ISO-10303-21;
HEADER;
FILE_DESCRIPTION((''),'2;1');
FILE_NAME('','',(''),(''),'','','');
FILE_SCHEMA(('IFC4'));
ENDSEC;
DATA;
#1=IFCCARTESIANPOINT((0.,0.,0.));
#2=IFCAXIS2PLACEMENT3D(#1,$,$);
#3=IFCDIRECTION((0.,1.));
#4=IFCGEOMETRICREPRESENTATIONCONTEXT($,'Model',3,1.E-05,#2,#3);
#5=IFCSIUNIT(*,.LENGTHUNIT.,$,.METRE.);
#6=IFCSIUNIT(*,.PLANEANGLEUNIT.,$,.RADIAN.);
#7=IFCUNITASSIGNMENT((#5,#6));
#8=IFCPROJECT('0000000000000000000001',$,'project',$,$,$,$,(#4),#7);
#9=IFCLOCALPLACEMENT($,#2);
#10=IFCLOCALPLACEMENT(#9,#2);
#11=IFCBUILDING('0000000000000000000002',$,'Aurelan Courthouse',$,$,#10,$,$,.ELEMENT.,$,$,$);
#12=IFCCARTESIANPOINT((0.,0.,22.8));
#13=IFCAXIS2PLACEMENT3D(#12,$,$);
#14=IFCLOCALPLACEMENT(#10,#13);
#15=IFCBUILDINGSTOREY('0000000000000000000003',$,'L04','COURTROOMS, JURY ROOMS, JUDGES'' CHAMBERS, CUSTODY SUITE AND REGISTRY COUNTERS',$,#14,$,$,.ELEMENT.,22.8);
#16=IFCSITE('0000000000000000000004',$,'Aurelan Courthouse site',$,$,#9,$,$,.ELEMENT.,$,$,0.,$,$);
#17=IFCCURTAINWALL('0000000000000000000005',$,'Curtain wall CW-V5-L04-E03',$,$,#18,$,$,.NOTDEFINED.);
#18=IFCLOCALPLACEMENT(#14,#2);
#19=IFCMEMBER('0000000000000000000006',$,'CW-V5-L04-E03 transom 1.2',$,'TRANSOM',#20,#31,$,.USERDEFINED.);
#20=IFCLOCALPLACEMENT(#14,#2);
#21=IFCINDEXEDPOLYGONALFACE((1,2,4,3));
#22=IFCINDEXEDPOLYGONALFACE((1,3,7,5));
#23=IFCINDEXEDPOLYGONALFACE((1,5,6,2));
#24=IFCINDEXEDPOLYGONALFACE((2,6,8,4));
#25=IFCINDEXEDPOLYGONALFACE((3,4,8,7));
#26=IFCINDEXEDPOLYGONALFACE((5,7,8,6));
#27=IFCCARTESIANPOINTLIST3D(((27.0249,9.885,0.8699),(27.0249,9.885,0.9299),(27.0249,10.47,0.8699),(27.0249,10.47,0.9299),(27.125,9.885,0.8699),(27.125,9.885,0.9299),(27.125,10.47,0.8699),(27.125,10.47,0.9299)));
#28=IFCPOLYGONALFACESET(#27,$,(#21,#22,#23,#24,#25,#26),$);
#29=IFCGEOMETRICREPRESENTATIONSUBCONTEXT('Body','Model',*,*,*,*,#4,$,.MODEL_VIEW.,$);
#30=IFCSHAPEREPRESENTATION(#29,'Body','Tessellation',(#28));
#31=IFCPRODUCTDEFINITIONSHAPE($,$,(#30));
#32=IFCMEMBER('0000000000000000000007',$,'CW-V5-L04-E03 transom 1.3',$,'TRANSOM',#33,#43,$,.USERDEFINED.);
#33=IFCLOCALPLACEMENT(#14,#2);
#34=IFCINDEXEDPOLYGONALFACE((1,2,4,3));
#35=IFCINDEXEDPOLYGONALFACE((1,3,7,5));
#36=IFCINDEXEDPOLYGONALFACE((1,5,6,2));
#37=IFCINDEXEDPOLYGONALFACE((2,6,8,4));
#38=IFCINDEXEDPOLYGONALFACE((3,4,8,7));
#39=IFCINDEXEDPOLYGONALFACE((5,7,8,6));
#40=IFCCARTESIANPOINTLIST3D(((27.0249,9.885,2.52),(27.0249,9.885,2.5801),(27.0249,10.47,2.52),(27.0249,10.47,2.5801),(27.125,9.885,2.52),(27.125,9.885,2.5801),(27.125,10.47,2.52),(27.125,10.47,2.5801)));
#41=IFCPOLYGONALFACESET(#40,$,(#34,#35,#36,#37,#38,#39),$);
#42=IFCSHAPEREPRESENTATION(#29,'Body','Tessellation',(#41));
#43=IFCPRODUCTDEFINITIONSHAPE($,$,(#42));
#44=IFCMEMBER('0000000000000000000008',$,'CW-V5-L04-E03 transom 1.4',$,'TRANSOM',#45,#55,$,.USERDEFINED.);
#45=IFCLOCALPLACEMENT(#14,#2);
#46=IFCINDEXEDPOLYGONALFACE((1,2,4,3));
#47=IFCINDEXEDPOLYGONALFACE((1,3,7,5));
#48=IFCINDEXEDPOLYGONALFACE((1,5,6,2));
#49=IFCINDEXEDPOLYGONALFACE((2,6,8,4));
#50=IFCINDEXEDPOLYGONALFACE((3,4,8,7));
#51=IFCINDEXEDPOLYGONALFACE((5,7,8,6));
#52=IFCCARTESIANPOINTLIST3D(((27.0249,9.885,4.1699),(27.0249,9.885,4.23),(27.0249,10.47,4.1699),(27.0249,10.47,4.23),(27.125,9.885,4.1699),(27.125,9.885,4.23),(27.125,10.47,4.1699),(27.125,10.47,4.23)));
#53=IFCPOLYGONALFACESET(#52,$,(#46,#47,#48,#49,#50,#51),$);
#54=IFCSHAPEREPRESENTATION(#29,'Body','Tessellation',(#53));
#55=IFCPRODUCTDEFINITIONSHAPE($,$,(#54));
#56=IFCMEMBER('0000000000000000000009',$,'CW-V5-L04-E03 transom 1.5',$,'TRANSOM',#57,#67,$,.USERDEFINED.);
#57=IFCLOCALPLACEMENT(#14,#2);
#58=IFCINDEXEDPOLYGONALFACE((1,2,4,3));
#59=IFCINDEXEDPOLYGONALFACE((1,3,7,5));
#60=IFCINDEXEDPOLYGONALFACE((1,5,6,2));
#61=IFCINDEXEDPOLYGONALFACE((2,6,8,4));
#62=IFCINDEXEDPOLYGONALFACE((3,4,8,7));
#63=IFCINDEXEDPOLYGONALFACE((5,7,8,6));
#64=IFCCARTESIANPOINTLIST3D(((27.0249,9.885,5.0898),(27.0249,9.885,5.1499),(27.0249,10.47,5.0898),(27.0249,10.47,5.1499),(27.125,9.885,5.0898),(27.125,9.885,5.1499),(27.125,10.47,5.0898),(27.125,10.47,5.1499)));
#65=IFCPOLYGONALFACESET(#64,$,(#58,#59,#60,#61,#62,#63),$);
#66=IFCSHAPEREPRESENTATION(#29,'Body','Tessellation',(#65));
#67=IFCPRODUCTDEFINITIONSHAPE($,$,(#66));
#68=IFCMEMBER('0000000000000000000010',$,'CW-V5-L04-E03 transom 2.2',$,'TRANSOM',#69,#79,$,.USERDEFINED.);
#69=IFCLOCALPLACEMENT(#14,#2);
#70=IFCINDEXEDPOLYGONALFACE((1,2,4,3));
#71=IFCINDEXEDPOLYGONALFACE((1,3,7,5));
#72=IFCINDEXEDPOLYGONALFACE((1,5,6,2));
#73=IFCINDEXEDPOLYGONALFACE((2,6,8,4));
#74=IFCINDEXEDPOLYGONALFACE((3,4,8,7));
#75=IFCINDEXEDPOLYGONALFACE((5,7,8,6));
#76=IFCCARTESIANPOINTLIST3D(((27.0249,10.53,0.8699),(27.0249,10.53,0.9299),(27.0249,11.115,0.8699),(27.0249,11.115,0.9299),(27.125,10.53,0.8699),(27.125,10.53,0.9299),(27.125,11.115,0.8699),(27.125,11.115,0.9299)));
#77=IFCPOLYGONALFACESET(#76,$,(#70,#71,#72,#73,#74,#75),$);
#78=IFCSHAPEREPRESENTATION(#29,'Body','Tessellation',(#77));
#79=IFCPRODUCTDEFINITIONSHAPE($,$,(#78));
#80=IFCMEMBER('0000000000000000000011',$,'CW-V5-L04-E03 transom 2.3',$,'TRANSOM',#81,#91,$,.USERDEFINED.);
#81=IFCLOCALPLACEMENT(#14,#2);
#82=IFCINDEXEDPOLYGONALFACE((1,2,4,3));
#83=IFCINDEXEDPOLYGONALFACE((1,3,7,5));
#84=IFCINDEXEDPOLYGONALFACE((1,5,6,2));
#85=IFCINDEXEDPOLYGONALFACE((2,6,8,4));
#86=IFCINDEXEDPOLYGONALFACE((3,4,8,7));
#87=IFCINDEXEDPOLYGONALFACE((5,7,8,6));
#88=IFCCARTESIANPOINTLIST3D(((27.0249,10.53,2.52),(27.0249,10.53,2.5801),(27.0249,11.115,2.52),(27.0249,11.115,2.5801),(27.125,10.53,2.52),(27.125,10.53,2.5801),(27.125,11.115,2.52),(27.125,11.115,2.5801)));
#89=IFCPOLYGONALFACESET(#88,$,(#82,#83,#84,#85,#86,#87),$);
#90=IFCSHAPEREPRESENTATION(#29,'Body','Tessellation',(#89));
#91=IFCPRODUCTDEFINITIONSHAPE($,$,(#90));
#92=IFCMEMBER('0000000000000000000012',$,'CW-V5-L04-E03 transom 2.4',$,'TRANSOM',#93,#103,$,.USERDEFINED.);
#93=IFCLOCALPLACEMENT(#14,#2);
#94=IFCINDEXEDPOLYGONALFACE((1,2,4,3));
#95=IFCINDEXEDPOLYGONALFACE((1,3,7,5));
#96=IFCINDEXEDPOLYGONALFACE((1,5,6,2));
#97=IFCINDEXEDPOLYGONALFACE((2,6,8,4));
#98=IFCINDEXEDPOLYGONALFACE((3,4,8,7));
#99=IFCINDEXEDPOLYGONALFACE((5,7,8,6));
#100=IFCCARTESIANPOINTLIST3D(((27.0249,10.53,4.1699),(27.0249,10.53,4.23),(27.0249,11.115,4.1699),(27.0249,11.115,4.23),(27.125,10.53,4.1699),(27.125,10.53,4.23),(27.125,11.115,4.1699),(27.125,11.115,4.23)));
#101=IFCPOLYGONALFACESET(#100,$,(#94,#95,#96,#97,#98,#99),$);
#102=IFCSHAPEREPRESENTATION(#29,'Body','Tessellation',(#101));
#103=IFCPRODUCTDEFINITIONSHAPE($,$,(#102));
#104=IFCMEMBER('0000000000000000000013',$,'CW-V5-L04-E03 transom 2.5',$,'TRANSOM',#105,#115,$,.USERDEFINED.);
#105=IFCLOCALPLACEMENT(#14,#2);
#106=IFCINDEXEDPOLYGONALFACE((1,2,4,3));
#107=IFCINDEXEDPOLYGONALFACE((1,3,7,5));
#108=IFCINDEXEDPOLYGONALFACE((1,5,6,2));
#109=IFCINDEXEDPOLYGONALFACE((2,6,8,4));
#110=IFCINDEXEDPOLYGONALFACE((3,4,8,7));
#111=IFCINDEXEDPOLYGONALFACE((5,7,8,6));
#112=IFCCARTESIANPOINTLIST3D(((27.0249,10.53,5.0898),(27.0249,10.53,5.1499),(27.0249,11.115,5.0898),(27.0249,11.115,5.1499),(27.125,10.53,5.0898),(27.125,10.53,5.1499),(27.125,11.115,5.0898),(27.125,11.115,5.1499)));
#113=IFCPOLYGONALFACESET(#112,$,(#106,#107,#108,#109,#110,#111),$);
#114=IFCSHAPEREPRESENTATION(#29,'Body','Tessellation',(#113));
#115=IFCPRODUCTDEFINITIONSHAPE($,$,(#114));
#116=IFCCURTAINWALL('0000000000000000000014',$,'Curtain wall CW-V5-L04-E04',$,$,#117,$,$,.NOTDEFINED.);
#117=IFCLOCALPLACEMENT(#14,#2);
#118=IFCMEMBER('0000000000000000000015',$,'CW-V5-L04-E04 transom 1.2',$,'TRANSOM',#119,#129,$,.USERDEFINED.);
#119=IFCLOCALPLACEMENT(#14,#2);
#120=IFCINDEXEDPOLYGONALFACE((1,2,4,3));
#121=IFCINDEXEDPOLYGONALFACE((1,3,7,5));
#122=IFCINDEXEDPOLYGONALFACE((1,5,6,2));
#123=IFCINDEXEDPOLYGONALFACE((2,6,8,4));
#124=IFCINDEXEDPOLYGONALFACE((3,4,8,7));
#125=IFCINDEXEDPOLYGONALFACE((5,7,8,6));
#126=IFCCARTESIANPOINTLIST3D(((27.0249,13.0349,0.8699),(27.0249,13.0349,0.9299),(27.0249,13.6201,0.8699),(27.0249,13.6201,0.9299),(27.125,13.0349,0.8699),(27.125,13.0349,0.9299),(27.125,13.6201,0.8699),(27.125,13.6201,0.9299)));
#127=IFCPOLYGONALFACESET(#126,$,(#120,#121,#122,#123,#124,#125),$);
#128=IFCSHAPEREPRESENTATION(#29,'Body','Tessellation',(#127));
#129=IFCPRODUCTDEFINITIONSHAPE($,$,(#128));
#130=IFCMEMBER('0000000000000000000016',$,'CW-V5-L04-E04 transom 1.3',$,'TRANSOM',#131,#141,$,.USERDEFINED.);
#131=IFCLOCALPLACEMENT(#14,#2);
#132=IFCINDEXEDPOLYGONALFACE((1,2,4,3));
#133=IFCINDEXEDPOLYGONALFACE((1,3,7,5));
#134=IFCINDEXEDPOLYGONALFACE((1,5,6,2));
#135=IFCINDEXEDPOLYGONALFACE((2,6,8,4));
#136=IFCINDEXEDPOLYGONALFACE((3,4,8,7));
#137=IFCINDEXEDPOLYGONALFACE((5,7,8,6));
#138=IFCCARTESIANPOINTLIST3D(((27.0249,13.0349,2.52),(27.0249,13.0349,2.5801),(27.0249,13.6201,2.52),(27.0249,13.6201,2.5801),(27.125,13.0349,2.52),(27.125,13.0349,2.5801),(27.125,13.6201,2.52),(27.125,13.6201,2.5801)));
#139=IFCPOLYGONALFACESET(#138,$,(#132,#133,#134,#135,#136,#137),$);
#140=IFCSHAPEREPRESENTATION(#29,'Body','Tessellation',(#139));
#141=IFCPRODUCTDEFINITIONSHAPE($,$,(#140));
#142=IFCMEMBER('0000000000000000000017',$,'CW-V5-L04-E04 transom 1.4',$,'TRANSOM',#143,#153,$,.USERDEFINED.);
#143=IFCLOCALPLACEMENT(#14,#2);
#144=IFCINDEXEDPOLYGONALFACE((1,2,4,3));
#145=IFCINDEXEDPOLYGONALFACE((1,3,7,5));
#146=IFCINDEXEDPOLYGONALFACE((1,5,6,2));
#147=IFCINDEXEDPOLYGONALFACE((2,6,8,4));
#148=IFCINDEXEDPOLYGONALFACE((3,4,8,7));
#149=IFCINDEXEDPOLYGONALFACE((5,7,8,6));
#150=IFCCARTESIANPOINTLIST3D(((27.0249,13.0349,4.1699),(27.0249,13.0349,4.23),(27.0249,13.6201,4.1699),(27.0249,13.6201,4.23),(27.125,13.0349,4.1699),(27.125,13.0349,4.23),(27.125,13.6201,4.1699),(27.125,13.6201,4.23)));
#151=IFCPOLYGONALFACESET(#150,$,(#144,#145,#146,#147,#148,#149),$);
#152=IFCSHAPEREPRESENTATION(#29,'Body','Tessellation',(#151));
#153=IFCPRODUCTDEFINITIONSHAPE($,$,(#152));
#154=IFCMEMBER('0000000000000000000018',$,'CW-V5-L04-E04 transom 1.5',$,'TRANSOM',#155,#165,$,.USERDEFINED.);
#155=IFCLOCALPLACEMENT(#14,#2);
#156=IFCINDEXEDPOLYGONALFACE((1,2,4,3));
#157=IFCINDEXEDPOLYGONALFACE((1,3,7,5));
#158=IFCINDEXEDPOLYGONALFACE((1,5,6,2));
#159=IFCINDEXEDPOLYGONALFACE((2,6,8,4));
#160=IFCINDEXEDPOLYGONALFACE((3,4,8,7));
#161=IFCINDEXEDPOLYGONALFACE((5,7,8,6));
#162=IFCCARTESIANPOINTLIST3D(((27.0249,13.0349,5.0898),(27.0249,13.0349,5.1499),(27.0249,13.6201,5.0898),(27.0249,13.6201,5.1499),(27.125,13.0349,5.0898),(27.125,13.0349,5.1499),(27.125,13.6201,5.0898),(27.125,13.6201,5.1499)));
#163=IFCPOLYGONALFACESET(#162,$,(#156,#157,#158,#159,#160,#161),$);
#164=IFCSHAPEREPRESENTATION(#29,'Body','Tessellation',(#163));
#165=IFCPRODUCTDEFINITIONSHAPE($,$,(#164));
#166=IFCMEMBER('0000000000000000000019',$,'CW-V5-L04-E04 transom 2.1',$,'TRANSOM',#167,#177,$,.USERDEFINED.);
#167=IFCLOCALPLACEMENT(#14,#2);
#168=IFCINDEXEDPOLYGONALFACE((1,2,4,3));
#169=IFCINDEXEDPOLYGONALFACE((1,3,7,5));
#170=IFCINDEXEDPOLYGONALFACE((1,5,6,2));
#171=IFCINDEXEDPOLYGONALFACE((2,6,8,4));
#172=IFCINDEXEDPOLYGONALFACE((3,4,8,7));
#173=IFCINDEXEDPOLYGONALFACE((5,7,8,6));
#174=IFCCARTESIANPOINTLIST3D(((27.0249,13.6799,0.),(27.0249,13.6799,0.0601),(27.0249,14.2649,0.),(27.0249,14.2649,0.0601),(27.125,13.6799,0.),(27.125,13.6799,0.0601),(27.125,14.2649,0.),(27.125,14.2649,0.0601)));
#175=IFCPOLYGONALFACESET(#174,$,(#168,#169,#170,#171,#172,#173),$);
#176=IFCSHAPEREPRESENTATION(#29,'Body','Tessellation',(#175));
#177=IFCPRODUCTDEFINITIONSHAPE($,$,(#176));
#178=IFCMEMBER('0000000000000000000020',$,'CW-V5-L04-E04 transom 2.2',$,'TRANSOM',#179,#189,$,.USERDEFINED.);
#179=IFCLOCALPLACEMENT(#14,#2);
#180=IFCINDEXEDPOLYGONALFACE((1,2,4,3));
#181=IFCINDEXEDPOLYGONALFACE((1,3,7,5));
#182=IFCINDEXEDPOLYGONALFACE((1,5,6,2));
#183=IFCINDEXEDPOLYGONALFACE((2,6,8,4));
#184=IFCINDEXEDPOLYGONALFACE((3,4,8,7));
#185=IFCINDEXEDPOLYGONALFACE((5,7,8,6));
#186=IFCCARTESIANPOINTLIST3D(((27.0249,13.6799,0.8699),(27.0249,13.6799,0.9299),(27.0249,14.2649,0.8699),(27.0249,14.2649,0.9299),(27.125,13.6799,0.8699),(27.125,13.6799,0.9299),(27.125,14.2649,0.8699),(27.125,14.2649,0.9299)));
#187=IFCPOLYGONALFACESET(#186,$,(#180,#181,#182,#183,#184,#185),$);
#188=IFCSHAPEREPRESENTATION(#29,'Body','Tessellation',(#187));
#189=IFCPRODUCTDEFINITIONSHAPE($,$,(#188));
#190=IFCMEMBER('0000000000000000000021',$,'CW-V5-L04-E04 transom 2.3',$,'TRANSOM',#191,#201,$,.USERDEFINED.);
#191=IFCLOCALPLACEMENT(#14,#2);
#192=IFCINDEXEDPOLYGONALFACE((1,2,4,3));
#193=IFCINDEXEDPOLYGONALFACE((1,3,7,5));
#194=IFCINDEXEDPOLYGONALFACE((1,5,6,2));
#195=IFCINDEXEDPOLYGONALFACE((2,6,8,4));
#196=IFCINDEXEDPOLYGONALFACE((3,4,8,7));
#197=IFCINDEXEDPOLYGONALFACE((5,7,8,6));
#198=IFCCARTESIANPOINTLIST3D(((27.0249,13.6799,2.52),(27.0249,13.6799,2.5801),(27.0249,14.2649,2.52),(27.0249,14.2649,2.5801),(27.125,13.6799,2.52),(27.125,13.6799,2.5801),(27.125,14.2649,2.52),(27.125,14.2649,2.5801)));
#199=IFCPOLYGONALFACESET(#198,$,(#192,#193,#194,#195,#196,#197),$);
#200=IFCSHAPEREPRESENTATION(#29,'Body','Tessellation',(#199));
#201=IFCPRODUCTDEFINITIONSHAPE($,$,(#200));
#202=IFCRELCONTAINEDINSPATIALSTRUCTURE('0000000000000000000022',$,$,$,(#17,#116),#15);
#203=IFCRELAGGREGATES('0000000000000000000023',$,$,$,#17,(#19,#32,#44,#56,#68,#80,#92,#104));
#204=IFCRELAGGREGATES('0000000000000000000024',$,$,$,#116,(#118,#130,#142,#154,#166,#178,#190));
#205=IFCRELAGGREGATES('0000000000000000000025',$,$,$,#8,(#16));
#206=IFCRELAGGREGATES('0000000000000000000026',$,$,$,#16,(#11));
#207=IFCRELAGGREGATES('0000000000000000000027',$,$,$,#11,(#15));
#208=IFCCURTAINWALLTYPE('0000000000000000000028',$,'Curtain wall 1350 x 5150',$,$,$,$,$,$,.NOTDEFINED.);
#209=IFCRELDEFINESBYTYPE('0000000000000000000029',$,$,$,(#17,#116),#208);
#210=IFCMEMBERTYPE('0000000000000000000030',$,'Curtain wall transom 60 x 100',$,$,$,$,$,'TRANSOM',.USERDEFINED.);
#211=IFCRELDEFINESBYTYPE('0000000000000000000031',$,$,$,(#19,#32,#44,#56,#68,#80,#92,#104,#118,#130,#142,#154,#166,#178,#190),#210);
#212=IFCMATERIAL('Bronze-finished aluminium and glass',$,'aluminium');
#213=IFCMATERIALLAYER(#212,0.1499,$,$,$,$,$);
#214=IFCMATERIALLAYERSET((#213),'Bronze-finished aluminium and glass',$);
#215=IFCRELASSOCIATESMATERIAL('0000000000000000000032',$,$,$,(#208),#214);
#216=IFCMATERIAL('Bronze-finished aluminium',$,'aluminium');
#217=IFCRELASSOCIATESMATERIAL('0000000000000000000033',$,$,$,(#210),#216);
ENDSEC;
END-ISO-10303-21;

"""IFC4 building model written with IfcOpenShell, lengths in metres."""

from ifc_helpers import new_model, si_unit, direction, frame, origin, origin_2d, place, context, subcontext, project, spatial, rectangle, extrude, material, layer, layer_set, material_profile, profile_set, type_object, element, aggregate, save


model = new_model("IFC4")

# Units and contexts
model_context = context("Model", 3, precision=1e-05, world=origin(), true_north=direction((0.0, 1.0)))
body_context = subcontext(model_context, "Body", "Model", "MODEL_VIEW")
ifc_project = project(units=[si_unit("LENGTHUNIT", "METRE"), si_unit("PLANEANGLEUNIT", "RADIAN")], contexts=[model_context])

# Site, building, storey
site_placement = place(None, origin())
site = spatial("IfcSite", under=ifc_project, at=site_placement, Name="Aurelan Courthouse site", CompositionType="ELEMENT", RefElevation=0.0)
building_placement = place(site_placement, origin())
building = spatial("IfcBuilding", under=site, at=building_placement, Name="Aurelan Courthouse", CompositionType="ELEMENT")
storey_placement = place(building_placement, frame((0.0, 0.0, 22.8)))
storey = spatial("IfcBuildingStorey", under=building, at=storey_placement, Name="L04", Description="COURTROOMS, JURY ROOMS, JUDGES' CHAMBERS, CUSTODY SUITE AND REGISTRY COUNTERS", CompositionType="ELEMENT", Elevation=22.8)

# Curtain walls, members
ifc_material_1 = material(Name="Bronze-finished aluminium and glass", Category="aluminium")
ifc_layer_1 = layer(ifc_material_1, 0.1499)
ifc_layer_set_1 = layer_set([ifc_layer_1], Name="Bronze-finished aluminium and glass")
curtain_wall_type = type_object("IfcCurtainWallType", Name="Curtain wall 1350 x 5150", PredefinedType="NOTDEFINED", material=ifc_layer_set_1)
curtain_wall_1_placement = place(storey_placement, origin())
curtain_wall_1 = element("IfcCurtainWall", 1, at=curtain_wall_1_placement, inside=storey, type_object=curtain_wall_type, Name="Curtain wall CW-V5-L04-E03", PredefinedType="NOTDEFINED")
ifc_material_2 = material(Name="Bronze-finished aluminium", Category="aluminium")
ifc_material_profile = material_profile(ifc_material_2, rectangle(XDim=0.1001, YDim=0.0601, at=origin_2d()), Name="Bronze transom 60 x 100")
ifc_profile_set = profile_set([ifc_material_profile], Name="Bronze-finished aluminium")
member_type = type_object("IfcMemberType", Name="Curtain wall transom 60 x 100", ElementType="TRANSOM", PredefinedType="USERDEFINED", material=ifc_profile_set)
member_1_placement = place(storey_placement, frame((27.075, 9.885, 0.8999), z_axis=(0.0, 1.0, 0.0), x_axis=(-1.0, 0.0, 0.0)))
member_1 = element("IfcMember", 2, at=member_1_placement, type_object=member_type, Name="CW-V5-L04-E03 transom 1.2", ObjectType="TRANSOM", PredefinedType="USERDEFINED", context=body_context, shape_type="SweptSolid", body=[
    extrude(rectangle(XDim=0.1001, YDim=0.0601, at=origin_2d()), origin(), (0.0, 0.0, 1.0), 0.585),
])
member_2_placement = place(storey_placement, frame((27.075, 9.885, 2.55), z_axis=(0.0, 1.0, 0.0), x_axis=(-1.0, 0.0, 0.0)))
member_2 = element("IfcMember", 3, at=member_2_placement, type_object=member_type, Name="CW-V5-L04-E03 transom 1.3", ObjectType="TRANSOM", PredefinedType="USERDEFINED", context=body_context, shape_type="SweptSolid", body=[
    extrude(rectangle(XDim=0.1001, YDim=0.0601, at=origin_2d()), origin(), (0.0, 0.0, 1.0), 0.585),
])
member_3_placement = place(storey_placement, frame((27.075, 9.885, 4.2), z_axis=(0.0, 1.0, 0.0), x_axis=(-1.0, 0.0, 0.0)))
member_3 = element("IfcMember", 4, at=member_3_placement, type_object=member_type, Name="CW-V5-L04-E03 transom 1.4", ObjectType="TRANSOM", PredefinedType="USERDEFINED", context=body_context, shape_type="SweptSolid", body=[
    extrude(rectangle(XDim=0.1001, YDim=0.0601, at=origin_2d()), origin(), (0.0, 0.0, 1.0), 0.585),
])
member_4_placement = place(storey_placement, frame((27.075, 9.885, 5.1199), z_axis=(0.0, 1.0, 0.0), x_axis=(-1.0, 0.0, 0.0)))
member_4 = element("IfcMember", 5, at=member_4_placement, type_object=member_type, Name="CW-V5-L04-E03 transom 1.5", ObjectType="TRANSOM", PredefinedType="USERDEFINED", context=body_context, shape_type="SweptSolid", body=[
    extrude(rectangle(XDim=0.1001, YDim=0.0601, at=origin_2d()), origin(), (0.0, 0.0, 1.0), 0.585),
])
member_5_placement = place(storey_placement, frame((27.075, 10.53, 0.8999), z_axis=(0.0, 1.0, 0.0), x_axis=(-1.0, 0.0, 0.0)))
member_5 = element("IfcMember", 6, at=member_5_placement, type_object=member_type, Name="CW-V5-L04-E03 transom 2.2", ObjectType="TRANSOM", PredefinedType="USERDEFINED", context=body_context, shape_type="SweptSolid", body=[
    extrude(rectangle(XDim=0.1001, YDim=0.0601, at=origin_2d()), origin(), (0.0, 0.0, 1.0), 0.585),
])
member_6_placement = place(storey_placement, frame((27.075, 10.53, 2.55), z_axis=(0.0, 1.0, 0.0), x_axis=(-1.0, 0.0, 0.0)))
member_6 = element("IfcMember", 7, at=member_6_placement, type_object=member_type, Name="CW-V5-L04-E03 transom 2.3", ObjectType="TRANSOM", PredefinedType="USERDEFINED", context=body_context, shape_type="SweptSolid", body=[
    extrude(rectangle(XDim=0.1001, YDim=0.0601, at=origin_2d()), origin(), (0.0, 0.0, 1.0), 0.585),
])
member_7_placement = place(storey_placement, frame((27.075, 10.53, 4.2), z_axis=(0.0, 1.0, 0.0), x_axis=(-1.0, 0.0, 0.0)))
member_7 = element("IfcMember", 8, at=member_7_placement, type_object=member_type, Name="CW-V5-L04-E03 transom 2.4", ObjectType="TRANSOM", PredefinedType="USERDEFINED", context=body_context, shape_type="SweptSolid", body=[
    extrude(rectangle(XDim=0.1001, YDim=0.0601, at=origin_2d()), origin(), (0.0, 0.0, 1.0), 0.585),
])
member_8_placement = place(storey_placement, frame((27.075, 10.53, 5.1199), z_axis=(0.0, 1.0, 0.0), x_axis=(-1.0, 0.0, 0.0)))
member_8 = element("IfcMember", 9, at=member_8_placement, type_object=member_type, Name="CW-V5-L04-E03 transom 2.5", ObjectType="TRANSOM", PredefinedType="USERDEFINED", context=body_context, shape_type="SweptSolid", body=[
    extrude(rectangle(XDim=0.1001, YDim=0.0601, at=origin_2d()), origin(), (0.0, 0.0, 1.0), 0.585),
])
curtain_wall_2_placement = place(storey_placement, origin())
curtain_wall_2 = element("IfcCurtainWall", 10, at=curtain_wall_2_placement, inside=storey, type_object=curtain_wall_type, Name="Curtain wall CW-V5-L04-E04", PredefinedType="NOTDEFINED")
member_9_placement = place(storey_placement, frame((27.075, 13.0349, 0.8999), z_axis=(0.0, 1.0, 0.0), x_axis=(-1.0, 0.0, 0.0)))
member_9 = element("IfcMember", 11, at=member_9_placement, type_object=member_type, Name="CW-V5-L04-E04 transom 1.2", ObjectType="TRANSOM", PredefinedType="USERDEFINED", context=body_context, shape_type="SweptSolid", body=[
    extrude(rectangle(XDim=0.1001, YDim=0.0601, at=origin_2d()), origin(), (0.0, 0.0, 1.0), 0.5852),
])
member_10_placement = place(storey_placement, frame((27.075, 13.0349, 2.55), z_axis=(0.0, 1.0, 0.0), x_axis=(-1.0, 0.0, 0.0)))
member_10 = element("IfcMember", 12, at=member_10_placement, type_object=member_type, Name="CW-V5-L04-E04 transom 1.3", ObjectType="TRANSOM", PredefinedType="USERDEFINED", context=body_context, shape_type="SweptSolid", body=[
    extrude(rectangle(XDim=0.1001, YDim=0.0601, at=origin_2d()), origin(), (0.0, 0.0, 1.0), 0.5852),
])
member_11_placement = place(storey_placement, frame((27.075, 13.0349, 4.2), z_axis=(0.0, 1.0, 0.0), x_axis=(-1.0, 0.0, 0.0)))
member_11 = element("IfcMember", 13, at=member_11_placement, type_object=member_type, Name="CW-V5-L04-E04 transom 1.4", ObjectType="TRANSOM", PredefinedType="USERDEFINED", context=body_context, shape_type="SweptSolid", body=[
    extrude(rectangle(XDim=0.1001, YDim=0.0601, at=origin_2d()), origin(), (0.0, 0.0, 1.0), 0.5852),
])
member_12_placement = place(storey_placement, frame((27.075, 13.0349, 5.1199), z_axis=(0.0, 1.0, 0.0), x_axis=(-1.0, 0.0, 0.0)))
member_12 = element("IfcMember", 14, at=member_12_placement, type_object=member_type, Name="CW-V5-L04-E04 transom 1.5", ObjectType="TRANSOM", PredefinedType="USERDEFINED", context=body_context, shape_type="SweptSolid", body=[
    extrude(rectangle(XDim=0.1001, YDim=0.0601, at=origin_2d()), origin(), (0.0, 0.0, 1.0), 0.5852),
])
member_13_placement = place(storey_placement, frame((27.075, 13.6799, 0.03), z_axis=(0.0, 1.0, 0.0), x_axis=(-1.0, 0.0, 0.0)))
member_13 = element("IfcMember", 15, at=member_13_placement, type_object=member_type, Name="CW-V5-L04-E04 transom 2.1", ObjectType="TRANSOM", PredefinedType="USERDEFINED", context=body_context, shape_type="SweptSolid", body=[
    extrude(rectangle(XDim=0.1001, YDim=0.0601, at=origin_2d()), origin(), (0.0, 0.0, 1.0), 0.585),
])
member_14_placement = place(storey_placement, frame((27.075, 13.6799, 0.8999), z_axis=(0.0, 1.0, 0.0), x_axis=(-1.0, 0.0, 0.0)))
member_14 = element("IfcMember", 16, at=member_14_placement, type_object=member_type, Name="CW-V5-L04-E04 transom 2.2", ObjectType="TRANSOM", PredefinedType="USERDEFINED", context=body_context, shape_type="SweptSolid", body=[
    extrude(rectangle(XDim=0.1001, YDim=0.0601, at=origin_2d()), origin(), (0.0, 0.0, 1.0), 0.585),
])
member_15_placement = place(storey_placement, frame((27.075, 13.6799, 2.55), z_axis=(0.0, 1.0, 0.0), x_axis=(-1.0, 0.0, 0.0)))
member_15 = element("IfcMember", 17, at=member_15_placement, type_object=member_type, Name="CW-V5-L04-E04 transom 2.3", ObjectType="TRANSOM", PredefinedType="USERDEFINED", context=body_context, shape_type="SweptSolid", body=[
    extrude(rectangle(XDim=0.1001, YDim=0.0601, at=origin_2d()), origin(), (0.0, 0.0, 1.0), 0.585),
])

aggregate(curtain_wall_1, [member_1, member_2, member_3, member_4, member_5, member_6, member_7, member_8])
aggregate(curtain_wall_2, [member_9, member_10, member_11, member_12, member_13, member_14, member_15])

save(model, "model.ifc")
